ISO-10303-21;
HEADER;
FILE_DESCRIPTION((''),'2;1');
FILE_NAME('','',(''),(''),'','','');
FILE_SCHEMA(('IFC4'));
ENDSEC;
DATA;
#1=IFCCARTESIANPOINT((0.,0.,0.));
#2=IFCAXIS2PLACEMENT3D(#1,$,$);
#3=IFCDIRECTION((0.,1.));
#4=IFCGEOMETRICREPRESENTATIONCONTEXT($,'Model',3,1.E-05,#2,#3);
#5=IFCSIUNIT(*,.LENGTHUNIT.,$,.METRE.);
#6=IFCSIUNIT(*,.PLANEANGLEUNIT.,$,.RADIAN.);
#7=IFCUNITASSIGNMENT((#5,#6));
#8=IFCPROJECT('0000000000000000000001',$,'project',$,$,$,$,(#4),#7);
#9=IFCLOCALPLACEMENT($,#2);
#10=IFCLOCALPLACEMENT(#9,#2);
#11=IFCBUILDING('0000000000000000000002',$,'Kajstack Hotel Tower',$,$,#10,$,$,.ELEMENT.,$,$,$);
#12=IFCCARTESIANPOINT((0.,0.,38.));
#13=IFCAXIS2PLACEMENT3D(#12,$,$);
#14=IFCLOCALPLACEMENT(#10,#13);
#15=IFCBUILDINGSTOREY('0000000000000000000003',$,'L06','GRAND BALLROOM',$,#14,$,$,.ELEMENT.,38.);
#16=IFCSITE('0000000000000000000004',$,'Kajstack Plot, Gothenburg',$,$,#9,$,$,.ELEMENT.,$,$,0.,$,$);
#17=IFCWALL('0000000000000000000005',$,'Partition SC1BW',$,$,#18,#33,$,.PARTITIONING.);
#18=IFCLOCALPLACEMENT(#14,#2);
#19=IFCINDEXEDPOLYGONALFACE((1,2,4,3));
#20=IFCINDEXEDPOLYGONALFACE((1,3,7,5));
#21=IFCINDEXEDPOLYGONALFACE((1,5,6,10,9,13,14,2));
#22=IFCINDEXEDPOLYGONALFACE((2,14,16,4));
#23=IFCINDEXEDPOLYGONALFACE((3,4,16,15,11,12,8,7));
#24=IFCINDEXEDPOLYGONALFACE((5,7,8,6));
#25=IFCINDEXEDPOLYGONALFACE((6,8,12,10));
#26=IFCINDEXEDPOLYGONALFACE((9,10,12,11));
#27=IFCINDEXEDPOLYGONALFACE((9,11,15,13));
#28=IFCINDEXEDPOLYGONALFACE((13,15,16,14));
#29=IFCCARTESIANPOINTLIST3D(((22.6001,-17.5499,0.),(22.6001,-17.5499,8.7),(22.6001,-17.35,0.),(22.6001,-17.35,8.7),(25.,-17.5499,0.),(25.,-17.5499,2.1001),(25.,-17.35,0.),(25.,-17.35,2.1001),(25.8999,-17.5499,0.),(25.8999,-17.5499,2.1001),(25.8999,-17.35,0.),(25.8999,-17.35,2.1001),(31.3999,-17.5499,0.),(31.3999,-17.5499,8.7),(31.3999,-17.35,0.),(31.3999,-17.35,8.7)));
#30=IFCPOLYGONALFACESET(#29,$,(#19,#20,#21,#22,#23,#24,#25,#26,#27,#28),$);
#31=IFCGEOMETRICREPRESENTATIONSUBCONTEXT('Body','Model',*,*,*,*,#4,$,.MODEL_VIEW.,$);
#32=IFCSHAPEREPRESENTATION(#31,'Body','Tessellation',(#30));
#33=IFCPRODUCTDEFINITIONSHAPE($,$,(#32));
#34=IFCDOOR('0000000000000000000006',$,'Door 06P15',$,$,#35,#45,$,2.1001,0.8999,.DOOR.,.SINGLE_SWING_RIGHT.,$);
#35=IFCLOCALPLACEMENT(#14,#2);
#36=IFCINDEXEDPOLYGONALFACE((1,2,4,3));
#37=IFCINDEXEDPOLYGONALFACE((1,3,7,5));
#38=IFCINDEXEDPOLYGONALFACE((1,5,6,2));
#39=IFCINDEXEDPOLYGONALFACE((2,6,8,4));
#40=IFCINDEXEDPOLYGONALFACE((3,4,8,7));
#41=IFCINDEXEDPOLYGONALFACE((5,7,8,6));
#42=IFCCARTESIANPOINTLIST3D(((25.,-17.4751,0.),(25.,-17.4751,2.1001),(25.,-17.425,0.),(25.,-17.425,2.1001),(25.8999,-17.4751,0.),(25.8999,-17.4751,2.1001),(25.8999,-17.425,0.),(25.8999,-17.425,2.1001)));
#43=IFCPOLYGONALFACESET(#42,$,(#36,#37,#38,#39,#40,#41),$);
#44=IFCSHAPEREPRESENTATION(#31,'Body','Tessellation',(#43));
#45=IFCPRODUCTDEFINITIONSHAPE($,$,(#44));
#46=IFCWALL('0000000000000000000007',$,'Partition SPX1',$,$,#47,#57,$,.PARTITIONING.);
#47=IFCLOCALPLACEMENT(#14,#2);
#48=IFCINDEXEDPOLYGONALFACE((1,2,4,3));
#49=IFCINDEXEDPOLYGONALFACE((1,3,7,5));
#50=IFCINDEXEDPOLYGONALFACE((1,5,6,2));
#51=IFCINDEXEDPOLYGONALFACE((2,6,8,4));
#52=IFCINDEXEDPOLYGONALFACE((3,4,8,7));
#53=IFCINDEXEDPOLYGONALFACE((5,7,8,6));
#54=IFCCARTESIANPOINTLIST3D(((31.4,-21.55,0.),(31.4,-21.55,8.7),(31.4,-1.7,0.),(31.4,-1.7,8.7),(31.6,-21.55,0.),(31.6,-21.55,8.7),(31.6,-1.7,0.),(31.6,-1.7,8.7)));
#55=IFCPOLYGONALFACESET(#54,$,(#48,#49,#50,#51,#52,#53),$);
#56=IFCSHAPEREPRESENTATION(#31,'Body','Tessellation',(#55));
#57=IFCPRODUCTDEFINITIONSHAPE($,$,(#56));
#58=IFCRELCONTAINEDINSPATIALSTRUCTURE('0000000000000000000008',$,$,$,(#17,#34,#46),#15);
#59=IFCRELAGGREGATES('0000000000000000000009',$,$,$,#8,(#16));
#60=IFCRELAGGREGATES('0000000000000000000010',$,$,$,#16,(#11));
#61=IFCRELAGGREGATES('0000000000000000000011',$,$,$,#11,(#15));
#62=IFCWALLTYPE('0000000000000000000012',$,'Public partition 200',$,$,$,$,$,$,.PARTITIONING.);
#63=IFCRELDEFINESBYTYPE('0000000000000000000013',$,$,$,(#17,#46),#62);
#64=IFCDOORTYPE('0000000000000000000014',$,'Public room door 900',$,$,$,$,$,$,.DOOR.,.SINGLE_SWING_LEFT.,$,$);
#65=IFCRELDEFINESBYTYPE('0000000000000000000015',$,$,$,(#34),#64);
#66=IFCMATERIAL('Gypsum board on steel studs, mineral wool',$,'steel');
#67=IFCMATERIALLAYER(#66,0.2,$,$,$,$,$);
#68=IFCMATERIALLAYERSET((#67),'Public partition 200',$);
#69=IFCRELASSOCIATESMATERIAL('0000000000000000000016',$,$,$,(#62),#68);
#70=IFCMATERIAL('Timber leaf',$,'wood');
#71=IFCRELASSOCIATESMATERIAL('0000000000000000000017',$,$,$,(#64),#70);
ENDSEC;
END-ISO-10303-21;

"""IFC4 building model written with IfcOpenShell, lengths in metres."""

from ifc_helpers import new_model, si_unit, direction, frame, frame_2d, origin, place, context, subcontext, project, spatial, rectangle, extrude, material, layer, layer_set, type_object, element, fill, save


model = new_model("IFC4")

# Units and contexts
model_context = context("Model", 3, precision=1e-05, world=origin(), true_north=direction((0.0, 1.0)))
body_context = subcontext(model_context, "Body", "Model", "MODEL_VIEW")
ifc_project = project(units=[si_unit("LENGTHUNIT", "METRE"), si_unit("PLANEANGLEUNIT", "RADIAN")], contexts=[model_context])

# Site, building, storey
site_placement = place(None, origin())
site = spatial("IfcSite", under=ifc_project, at=site_placement, Name="Kajstack Plot, Gothenburg", CompositionType="ELEMENT", RefElevation=0.0)
building_placement = place(site_placement, origin())
building = spatial("IfcBuilding", under=site, at=building_placement, Name="Kajstack Hotel Tower", CompositionType="ELEMENT")
storey_placement = place(building_placement, frame((0.0, 0.0, 38.0)))
storey = spatial("IfcBuildingStorey", under=building, at=storey_placement, Name="L06", Description="GRAND BALLROOM", CompositionType="ELEMENT", Elevation=38.0)

# Shared definitions
ifc_material_1 = material(Name="Gypsum board on steel studs, mineral wool", Category="steel")
ifc_layer = layer(ifc_material_1, 0.2)
ifc_layer_set = layer_set([ifc_layer], Name="Public partition 200")
wall_type = type_object("IfcWallType", Name="Public partition 200", PredefinedType="PARTITIONING", material=ifc_layer_set)

# Shared definitions
ifc_material_2 = material(Name="Timber leaf", Category="wood")
door_type = type_object("IfcDoorType", Name="Public room door 900", OperationType="SINGLE_SWING_LEFT", PredefinedType="DOOR", material=ifc_material_2)

# Wall, opening, door
wall_1_placement = place(storey_placement, frame((22.6001, -17.45, 0.0), z_axis=(0.0, 0.0, 1.0), x_axis=(1.0, 0.0, 0.0)))
wall_1 = element("IfcWall", 1, at=wall_1_placement, inside=storey, type_object=wall_type, Name="Partition SC1BW", PredefinedType="PARTITIONING", context=body_context, shape_type="SweptSolid", body=[
    extrude(rectangle(XDim=8.7998, YDim=0.2, at=frame_2d((4.3999, 0.0))), origin(), (0.0, 0.0, 1.0), 8.7),
])
opening_1_placement = place(wall_1_placement, frame((2.3999, 0.0, 0.0)))
opening_1 = element("IfcOpeningElement", 2, at=opening_1_placement, cuts=wall_1, PredefinedType="OPENING", context=body_context, shape_type="SweptSolid", body=[
    extrude(rectangle(XDim=0.8999, YDim=2.1001, at=frame_2d((0.45, 1.05))), frame((0.0, 0.1099, 0.0), z_axis=(0.0, -1.0, 0.0), x_axis=(1.0, 0.0, 0.0)), (0.0, 0.0, 1.0), 0.22),
])
door_1_placement = place(opening_1_placement, origin())
door_1 = element("IfcDoor", 3, at=door_1_placement, inside=storey, type_object=door_type, Name="Door 06P15", OperationType="SINGLE_SWING_RIGHT", OverallHeight=2.1001, OverallWidth=0.8999, PredefinedType="DOOR", context=body_context, shape_type="SweptSolid", body=[
    extrude(rectangle(XDim=0.8999, YDim=2.1001, at=frame_2d((0.45, 1.05))), frame((0.0, 0.0249, 0.0), z_axis=(0.0, -1.0, 0.0), x_axis=(1.0, 0.0, 0.0)), (0.0, 0.0, 1.0), 0.05),
])
fill(opening_1, door_1)

# Wall
wall_2_placement = place(storey_placement, frame((31.5, -21.55, 0.0), z_axis=(0.0, 0.0, 1.0), x_axis=(0.0, 1.0, 0.0)))
element("IfcWall", 4, at=wall_2_placement, inside=storey, type_object=wall_type, Name="Partition SPX1", PredefinedType="PARTITIONING", context=body_context, shape_type="SweptSolid", body=[
    extrude(rectangle(XDim=19.8501, YDim=0.2, at=frame_2d((9.925, 0.0))), origin(), (0.0, 0.0, 1.0), 8.7),
])

save(model, "model.ifc")
